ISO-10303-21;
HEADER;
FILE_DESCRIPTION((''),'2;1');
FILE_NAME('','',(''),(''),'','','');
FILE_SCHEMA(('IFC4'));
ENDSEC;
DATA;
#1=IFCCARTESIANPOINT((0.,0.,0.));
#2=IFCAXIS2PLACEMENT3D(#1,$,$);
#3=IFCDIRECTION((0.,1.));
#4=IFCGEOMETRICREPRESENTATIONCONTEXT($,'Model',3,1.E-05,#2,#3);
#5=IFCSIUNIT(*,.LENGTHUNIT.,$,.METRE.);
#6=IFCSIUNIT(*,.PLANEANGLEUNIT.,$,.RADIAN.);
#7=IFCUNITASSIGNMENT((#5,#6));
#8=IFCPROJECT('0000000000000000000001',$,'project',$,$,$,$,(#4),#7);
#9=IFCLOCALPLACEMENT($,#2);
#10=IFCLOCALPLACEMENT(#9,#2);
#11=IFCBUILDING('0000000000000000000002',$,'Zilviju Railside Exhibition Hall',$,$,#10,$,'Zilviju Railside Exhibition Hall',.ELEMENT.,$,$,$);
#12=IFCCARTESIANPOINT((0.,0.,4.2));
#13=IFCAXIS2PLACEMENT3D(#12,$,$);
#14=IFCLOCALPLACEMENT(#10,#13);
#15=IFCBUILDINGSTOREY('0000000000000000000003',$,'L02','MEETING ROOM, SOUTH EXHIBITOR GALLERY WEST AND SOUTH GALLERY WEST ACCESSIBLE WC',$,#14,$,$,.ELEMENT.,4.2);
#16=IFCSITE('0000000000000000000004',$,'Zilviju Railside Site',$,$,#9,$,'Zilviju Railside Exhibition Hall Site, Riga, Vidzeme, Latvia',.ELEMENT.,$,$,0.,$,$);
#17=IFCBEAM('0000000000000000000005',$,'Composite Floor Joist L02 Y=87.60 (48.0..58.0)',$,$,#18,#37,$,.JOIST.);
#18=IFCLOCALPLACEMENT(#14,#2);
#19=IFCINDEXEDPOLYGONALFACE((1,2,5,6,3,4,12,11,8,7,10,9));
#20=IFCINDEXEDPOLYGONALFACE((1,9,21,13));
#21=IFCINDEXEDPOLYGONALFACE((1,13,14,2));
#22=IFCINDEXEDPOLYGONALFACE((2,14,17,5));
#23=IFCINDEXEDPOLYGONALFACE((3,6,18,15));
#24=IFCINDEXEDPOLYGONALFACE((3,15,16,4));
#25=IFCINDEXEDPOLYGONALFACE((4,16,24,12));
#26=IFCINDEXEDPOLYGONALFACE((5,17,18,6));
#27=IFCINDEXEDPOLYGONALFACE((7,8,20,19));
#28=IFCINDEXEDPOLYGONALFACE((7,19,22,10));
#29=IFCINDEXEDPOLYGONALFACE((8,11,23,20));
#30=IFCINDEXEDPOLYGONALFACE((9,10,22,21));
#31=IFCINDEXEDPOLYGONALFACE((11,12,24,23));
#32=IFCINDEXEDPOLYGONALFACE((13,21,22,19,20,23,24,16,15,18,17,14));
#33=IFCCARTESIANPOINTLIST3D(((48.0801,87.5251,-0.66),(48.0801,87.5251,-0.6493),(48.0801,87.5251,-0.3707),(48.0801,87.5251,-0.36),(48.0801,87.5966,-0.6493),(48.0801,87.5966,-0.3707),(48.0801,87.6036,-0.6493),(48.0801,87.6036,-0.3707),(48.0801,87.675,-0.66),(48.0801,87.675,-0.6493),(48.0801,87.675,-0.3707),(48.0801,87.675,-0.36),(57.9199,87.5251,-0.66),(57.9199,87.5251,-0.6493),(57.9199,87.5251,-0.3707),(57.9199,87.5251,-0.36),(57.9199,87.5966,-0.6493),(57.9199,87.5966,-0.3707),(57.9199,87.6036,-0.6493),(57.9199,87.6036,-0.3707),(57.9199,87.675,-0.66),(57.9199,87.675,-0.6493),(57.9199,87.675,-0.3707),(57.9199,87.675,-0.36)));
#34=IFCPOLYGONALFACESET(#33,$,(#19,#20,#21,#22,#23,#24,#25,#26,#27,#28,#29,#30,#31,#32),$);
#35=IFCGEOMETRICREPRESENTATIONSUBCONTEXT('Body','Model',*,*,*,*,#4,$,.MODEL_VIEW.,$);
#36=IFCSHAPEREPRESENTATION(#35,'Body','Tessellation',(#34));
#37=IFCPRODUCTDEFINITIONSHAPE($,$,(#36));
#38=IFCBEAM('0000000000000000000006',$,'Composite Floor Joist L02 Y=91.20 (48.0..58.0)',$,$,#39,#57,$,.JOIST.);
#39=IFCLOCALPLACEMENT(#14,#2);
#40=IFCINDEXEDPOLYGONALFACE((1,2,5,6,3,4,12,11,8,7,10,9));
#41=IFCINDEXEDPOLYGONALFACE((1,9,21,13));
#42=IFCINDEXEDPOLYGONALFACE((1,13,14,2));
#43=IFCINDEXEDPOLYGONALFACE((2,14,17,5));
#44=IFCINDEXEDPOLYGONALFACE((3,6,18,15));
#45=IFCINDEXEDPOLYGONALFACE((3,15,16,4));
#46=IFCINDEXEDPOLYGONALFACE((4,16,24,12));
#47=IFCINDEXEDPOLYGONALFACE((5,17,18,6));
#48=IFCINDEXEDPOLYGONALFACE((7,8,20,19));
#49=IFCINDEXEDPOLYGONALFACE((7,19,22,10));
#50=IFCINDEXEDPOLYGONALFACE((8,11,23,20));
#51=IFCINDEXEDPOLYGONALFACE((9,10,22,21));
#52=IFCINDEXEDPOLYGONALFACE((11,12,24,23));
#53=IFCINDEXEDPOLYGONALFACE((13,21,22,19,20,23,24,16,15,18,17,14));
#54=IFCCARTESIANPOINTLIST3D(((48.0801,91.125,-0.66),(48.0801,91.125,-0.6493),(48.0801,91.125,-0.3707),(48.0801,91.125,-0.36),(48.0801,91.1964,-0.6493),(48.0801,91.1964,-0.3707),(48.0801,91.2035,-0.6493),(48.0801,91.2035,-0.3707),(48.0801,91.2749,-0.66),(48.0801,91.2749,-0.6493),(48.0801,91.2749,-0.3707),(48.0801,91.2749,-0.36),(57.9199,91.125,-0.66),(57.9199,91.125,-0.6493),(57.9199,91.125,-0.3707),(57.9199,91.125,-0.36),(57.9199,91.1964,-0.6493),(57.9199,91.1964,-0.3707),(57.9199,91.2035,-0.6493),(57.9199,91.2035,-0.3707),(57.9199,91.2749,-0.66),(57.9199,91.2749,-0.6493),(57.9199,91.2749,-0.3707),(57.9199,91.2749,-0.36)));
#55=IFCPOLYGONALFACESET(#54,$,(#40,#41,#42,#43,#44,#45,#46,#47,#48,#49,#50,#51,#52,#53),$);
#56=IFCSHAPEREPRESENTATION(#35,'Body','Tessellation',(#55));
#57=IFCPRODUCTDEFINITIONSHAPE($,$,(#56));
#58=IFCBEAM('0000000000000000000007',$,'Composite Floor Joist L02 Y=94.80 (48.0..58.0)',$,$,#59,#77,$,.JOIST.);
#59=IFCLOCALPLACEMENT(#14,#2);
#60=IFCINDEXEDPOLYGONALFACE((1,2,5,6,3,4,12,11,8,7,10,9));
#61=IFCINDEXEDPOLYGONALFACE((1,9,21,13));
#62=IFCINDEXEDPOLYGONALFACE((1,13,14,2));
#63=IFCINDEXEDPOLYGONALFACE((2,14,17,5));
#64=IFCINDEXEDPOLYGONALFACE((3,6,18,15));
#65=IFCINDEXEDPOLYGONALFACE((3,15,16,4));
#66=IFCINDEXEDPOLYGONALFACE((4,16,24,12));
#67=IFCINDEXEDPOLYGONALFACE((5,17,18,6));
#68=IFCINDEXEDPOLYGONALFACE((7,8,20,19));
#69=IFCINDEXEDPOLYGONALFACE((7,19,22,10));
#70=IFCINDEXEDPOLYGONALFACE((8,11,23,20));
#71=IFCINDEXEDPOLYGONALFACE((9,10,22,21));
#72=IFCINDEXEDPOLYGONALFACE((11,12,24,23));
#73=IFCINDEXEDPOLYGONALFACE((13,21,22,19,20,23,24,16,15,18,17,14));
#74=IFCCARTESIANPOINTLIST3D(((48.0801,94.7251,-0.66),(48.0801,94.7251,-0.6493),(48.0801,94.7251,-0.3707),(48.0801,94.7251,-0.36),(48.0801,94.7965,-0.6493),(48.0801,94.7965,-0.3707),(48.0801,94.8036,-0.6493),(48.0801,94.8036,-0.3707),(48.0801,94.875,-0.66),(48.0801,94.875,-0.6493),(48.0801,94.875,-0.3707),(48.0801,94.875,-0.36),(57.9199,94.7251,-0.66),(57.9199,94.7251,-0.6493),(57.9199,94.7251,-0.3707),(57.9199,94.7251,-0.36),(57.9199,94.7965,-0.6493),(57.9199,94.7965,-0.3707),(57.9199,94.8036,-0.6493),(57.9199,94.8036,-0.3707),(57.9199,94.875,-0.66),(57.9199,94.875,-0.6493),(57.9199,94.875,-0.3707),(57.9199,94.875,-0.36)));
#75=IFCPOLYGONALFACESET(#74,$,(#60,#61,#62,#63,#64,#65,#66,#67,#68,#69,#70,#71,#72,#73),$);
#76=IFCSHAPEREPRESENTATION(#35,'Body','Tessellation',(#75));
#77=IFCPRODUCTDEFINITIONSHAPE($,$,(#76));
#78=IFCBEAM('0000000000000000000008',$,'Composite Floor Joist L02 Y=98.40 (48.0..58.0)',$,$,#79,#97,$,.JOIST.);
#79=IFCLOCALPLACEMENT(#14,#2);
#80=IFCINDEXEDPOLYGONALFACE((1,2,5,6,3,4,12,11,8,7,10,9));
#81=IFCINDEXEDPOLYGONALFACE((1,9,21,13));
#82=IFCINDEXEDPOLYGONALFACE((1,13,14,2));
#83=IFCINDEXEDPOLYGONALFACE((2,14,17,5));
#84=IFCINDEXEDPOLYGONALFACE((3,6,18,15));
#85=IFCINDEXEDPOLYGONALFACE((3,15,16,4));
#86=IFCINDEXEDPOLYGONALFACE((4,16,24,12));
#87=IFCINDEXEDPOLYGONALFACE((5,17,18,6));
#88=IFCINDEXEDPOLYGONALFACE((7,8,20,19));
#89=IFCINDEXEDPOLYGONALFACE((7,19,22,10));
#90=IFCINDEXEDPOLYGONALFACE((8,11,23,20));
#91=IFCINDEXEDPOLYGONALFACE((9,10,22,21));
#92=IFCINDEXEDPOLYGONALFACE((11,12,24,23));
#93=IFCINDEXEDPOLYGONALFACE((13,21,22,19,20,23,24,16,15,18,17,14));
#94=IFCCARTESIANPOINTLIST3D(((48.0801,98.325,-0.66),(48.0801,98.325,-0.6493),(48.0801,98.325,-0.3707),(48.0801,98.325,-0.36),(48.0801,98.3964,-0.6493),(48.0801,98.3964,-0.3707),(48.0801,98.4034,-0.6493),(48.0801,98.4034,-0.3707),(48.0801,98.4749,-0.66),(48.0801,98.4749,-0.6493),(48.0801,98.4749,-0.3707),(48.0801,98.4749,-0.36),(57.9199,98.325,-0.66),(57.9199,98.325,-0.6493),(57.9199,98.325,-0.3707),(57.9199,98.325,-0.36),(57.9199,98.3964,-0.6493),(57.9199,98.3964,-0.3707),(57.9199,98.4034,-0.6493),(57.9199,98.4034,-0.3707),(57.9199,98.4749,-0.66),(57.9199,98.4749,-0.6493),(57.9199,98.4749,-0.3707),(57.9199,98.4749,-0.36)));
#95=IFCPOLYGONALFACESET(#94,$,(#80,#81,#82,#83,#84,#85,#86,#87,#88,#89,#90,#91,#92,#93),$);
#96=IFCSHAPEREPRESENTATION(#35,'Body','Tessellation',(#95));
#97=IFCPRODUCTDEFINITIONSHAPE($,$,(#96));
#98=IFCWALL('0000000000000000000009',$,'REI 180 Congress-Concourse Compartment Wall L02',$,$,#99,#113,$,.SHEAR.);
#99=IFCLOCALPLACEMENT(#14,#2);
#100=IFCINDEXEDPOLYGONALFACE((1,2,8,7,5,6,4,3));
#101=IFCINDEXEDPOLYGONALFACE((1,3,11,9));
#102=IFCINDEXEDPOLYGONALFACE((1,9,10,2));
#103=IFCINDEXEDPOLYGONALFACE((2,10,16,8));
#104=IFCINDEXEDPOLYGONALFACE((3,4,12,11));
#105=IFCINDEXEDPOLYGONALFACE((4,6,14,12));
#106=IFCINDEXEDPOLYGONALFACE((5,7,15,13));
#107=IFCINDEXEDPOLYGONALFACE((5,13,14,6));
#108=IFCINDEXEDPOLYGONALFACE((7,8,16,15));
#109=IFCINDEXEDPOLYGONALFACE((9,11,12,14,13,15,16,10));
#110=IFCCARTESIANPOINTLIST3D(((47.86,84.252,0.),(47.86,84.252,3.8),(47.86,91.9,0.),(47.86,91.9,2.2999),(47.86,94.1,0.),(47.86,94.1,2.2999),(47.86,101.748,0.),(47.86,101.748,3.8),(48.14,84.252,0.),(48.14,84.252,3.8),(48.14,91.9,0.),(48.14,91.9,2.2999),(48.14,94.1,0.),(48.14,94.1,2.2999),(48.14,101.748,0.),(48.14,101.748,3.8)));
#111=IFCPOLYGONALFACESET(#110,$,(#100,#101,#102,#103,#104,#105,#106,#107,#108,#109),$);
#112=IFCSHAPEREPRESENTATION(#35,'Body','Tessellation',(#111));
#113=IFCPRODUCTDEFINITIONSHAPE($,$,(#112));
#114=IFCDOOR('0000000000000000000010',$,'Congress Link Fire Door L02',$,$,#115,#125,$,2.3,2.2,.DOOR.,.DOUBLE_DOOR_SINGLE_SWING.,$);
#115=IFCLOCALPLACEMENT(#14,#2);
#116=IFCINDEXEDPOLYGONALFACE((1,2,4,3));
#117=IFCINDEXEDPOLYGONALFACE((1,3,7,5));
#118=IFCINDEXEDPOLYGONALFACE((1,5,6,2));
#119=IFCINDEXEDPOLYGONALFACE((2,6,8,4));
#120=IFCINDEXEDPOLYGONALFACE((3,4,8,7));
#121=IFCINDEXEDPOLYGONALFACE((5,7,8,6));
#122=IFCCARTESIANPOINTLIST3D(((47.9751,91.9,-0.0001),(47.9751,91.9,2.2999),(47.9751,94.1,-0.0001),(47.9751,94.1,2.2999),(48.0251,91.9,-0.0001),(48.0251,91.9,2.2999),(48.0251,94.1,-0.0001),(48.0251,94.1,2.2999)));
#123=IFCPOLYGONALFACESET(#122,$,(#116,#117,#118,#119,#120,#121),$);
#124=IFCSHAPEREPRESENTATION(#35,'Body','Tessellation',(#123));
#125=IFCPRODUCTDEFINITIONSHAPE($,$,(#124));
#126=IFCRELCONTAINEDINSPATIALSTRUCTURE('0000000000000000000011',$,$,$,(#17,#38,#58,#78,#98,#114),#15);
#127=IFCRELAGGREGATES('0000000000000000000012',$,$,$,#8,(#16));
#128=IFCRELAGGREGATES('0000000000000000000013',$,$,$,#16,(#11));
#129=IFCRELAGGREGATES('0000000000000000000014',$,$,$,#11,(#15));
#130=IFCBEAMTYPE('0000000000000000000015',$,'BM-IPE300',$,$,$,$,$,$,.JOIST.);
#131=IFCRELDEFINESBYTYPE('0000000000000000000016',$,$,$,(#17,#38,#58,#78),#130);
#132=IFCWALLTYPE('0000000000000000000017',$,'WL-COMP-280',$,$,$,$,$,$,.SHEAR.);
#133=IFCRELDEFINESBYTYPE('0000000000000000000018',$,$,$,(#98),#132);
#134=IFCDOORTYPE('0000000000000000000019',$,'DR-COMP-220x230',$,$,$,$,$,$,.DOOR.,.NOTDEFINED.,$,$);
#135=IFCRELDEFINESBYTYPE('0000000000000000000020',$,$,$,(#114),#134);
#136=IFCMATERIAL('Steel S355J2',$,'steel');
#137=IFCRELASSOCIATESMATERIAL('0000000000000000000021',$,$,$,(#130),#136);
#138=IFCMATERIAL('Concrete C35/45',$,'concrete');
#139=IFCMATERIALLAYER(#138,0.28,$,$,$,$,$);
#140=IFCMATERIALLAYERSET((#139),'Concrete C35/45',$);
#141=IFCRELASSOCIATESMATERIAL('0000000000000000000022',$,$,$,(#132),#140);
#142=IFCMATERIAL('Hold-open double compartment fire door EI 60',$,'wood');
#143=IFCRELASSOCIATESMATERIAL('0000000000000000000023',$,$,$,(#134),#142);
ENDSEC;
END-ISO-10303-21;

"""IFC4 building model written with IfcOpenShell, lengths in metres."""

from ifc_helpers import new_model, si_unit, direction, frame, frame_2d, origin, origin_2d, place, context, subcontext, project, spatial, rectangle, i_section, extrude, material, layer, layer_set, material_profile, profile_set, type_object, element, fill, save


model = new_model("IFC4")

# Units and contexts
model_context = context("Model", 3, precision=1e-05, world=origin(), true_north=direction((0.0, 1.0)))
body_context = subcontext(model_context, "Body", "Model", "MODEL_VIEW")
ifc_project = project(units=[si_unit("LENGTHUNIT", "METRE"), si_unit("PLANEANGLEUNIT", "RADIAN")], contexts=[model_context])

# Site, building, storey
site_placement = place(None, origin())
site = spatial("IfcSite", under=ifc_project, at=site_placement, Name="Zilviju Railside Site", LongName="Zilviju Railside Exhibition Hall Site, Riga, Vidzeme, Latvia", CompositionType="ELEMENT", RefElevation=0.0)
building_placement = place(site_placement, origin())
building = spatial("IfcBuilding", under=site, at=building_placement, Name="Zilviju Railside Exhibition Hall", LongName="Zilviju Railside Exhibition Hall", CompositionType="ELEMENT")
storey_placement = place(building_placement, frame((0.0, 0.0, 4.2)))
storey = spatial("IfcBuildingStorey", under=building, at=storey_placement, Name="L02", Description="MEETING ROOM, SOUTH EXHIBITOR GALLERY WEST AND SOUTH GALLERY WEST ACCESSIBLE WC", CompositionType="ELEMENT", Elevation=4.2)

# Shared definitions
ifc_material_1 = material(Name="Steel S355J2", Category="steel")

# Beams
ifc_material_profile_1 = material_profile(ifc_material_1, i_section(OverallWidth=0.1499, OverallDepth=0.3, WebThickness=0.0071, FlangeThickness=0.0107, at=origin_2d()), Name="IPE 300")
ifc_profile_set_1 = profile_set([ifc_material_profile_1], Name="Steel S355J2")
beam_type_1 = type_object("IfcBeamType", Name="BM-IPE300", PredefinedType="JOIST", material=ifc_profile_set_1)
for number, where, z_axis, x_axis, name in (
    (1, (48.0801, 87.6001, -0.51), (1.0, 0.0, 0.0), (0.0, 1.0, 0.0), "Composite Floor Joist L02 Y=87.60 (48.0..58.0)"),
    (2, (48.0801, 91.2, -0.51), (1.0, 0.0, 0.0), (0.0, 1.0, 0.0), "Composite Floor Joist L02 Y=91.20 (48.0..58.0)"),
    (3, (48.0801, 94.8, -0.51), (1.0, 0.0, 0.0), (0.0, 1.0, 0.0), "Composite Floor Joist L02 Y=94.80 (48.0..58.0)"),
    (4, (48.0801, 98.3999, -0.51), (1.0, 0.0, 0.0), (0.0, 1.0, 0.0), "Composite Floor Joist L02 Y=98.40 (48.0..58.0)"),
):
    element("IfcBeam", number, at=place(storey_placement, frame(where, z_axis=z_axis, x_axis=x_axis)), inside=storey, type_object=beam_type_1, Name=name, PredefinedType="JOIST", context=body_context, shape_type="SweptSolid", body=[
        extrude(i_section(OverallWidth=0.1499, OverallDepth=0.3, WebThickness=0.0071, FlangeThickness=0.0107, at=origin_2d()), origin(), (0.0, 0.0, 1.0), 9.8398),
    ])

# Wall, opening, door
ifc_material_2 = material(Name="Concrete C35/45", Category="concrete")
ifc_layer = layer(ifc_material_2, 0.28)
ifc_layer_set = layer_set([ifc_layer], Name="Concrete C35/45")
wall_type = type_object("IfcWallType", Name="WL-COMP-280", PredefinedType="SHEAR", material=ifc_layer_set)
wall_placement = place(storey_placement, frame((48.0, 84.252, 0.0), z_axis=(0.0, 0.0, 1.0), x_axis=(0.0, 1.0, 0.0)))
wall = element("IfcWall", 5, at=wall_placement, inside=storey, type_object=wall_type, Name="REI 180 Congress-Concourse Compartment Wall L02", PredefinedType="SHEAR", context=body_context, shape_type="SweptSolid", body=[
    extrude(rectangle(XDim=17.4961, YDim=0.28, at=frame_2d((8.748, 0.0))), origin(), (0.0, 0.0, 1.0), 3.8),
])
opening_placement = place(wall_placement, frame((7.6479, 0.0, 0.0)))
opening = element("IfcOpeningElement", 6, at=opening_placement, cuts=wall, PredefinedType="OPENING", context=body_context, shape_type="SweptSolid", body=[
    extrude(rectangle(XDim=2.2, YDim=2.3, at=frame_2d((1.1001, 1.1499))), frame((0.0, 0.1499, 0.0), z_axis=(0.0, -1.0, 0.0), x_axis=(1.0, 0.0, 0.0)), (0.0, 0.0, 1.0), 0.3),
])
ifc_material_3 = material(Name="Hold-open double compartment fire door EI 60", Category="wood")
door_type = type_object("IfcDoorType", Name="DR-COMP-220x230", OperationType="NOTDEFINED", PredefinedType="DOOR", material=ifc_material_3)
door_placement = place(opening_placement, origin())
door = element("IfcDoor", 7, at=door_placement, inside=storey, type_object=door_type, Name="Congress Link Fire Door L02", OperationType="DOUBLE_DOOR_SINGLE_SWING", OverallHeight=2.3, OverallWidth=2.2, PredefinedType="DOOR", context=body_context, shape_type="SweptSolid", body=[
    extrude(rectangle(XDim=2.2, YDim=2.3, at=frame_2d((1.1001, 1.1499))), frame((0.0, 0.0249, 0.0), z_axis=(0.0, -1.0, 0.0), x_axis=(1.0, 0.0, 0.0)), (0.0, 0.0, 1.0), 0.05),
])
fill(opening, door)

save(model, "model.ifc")
